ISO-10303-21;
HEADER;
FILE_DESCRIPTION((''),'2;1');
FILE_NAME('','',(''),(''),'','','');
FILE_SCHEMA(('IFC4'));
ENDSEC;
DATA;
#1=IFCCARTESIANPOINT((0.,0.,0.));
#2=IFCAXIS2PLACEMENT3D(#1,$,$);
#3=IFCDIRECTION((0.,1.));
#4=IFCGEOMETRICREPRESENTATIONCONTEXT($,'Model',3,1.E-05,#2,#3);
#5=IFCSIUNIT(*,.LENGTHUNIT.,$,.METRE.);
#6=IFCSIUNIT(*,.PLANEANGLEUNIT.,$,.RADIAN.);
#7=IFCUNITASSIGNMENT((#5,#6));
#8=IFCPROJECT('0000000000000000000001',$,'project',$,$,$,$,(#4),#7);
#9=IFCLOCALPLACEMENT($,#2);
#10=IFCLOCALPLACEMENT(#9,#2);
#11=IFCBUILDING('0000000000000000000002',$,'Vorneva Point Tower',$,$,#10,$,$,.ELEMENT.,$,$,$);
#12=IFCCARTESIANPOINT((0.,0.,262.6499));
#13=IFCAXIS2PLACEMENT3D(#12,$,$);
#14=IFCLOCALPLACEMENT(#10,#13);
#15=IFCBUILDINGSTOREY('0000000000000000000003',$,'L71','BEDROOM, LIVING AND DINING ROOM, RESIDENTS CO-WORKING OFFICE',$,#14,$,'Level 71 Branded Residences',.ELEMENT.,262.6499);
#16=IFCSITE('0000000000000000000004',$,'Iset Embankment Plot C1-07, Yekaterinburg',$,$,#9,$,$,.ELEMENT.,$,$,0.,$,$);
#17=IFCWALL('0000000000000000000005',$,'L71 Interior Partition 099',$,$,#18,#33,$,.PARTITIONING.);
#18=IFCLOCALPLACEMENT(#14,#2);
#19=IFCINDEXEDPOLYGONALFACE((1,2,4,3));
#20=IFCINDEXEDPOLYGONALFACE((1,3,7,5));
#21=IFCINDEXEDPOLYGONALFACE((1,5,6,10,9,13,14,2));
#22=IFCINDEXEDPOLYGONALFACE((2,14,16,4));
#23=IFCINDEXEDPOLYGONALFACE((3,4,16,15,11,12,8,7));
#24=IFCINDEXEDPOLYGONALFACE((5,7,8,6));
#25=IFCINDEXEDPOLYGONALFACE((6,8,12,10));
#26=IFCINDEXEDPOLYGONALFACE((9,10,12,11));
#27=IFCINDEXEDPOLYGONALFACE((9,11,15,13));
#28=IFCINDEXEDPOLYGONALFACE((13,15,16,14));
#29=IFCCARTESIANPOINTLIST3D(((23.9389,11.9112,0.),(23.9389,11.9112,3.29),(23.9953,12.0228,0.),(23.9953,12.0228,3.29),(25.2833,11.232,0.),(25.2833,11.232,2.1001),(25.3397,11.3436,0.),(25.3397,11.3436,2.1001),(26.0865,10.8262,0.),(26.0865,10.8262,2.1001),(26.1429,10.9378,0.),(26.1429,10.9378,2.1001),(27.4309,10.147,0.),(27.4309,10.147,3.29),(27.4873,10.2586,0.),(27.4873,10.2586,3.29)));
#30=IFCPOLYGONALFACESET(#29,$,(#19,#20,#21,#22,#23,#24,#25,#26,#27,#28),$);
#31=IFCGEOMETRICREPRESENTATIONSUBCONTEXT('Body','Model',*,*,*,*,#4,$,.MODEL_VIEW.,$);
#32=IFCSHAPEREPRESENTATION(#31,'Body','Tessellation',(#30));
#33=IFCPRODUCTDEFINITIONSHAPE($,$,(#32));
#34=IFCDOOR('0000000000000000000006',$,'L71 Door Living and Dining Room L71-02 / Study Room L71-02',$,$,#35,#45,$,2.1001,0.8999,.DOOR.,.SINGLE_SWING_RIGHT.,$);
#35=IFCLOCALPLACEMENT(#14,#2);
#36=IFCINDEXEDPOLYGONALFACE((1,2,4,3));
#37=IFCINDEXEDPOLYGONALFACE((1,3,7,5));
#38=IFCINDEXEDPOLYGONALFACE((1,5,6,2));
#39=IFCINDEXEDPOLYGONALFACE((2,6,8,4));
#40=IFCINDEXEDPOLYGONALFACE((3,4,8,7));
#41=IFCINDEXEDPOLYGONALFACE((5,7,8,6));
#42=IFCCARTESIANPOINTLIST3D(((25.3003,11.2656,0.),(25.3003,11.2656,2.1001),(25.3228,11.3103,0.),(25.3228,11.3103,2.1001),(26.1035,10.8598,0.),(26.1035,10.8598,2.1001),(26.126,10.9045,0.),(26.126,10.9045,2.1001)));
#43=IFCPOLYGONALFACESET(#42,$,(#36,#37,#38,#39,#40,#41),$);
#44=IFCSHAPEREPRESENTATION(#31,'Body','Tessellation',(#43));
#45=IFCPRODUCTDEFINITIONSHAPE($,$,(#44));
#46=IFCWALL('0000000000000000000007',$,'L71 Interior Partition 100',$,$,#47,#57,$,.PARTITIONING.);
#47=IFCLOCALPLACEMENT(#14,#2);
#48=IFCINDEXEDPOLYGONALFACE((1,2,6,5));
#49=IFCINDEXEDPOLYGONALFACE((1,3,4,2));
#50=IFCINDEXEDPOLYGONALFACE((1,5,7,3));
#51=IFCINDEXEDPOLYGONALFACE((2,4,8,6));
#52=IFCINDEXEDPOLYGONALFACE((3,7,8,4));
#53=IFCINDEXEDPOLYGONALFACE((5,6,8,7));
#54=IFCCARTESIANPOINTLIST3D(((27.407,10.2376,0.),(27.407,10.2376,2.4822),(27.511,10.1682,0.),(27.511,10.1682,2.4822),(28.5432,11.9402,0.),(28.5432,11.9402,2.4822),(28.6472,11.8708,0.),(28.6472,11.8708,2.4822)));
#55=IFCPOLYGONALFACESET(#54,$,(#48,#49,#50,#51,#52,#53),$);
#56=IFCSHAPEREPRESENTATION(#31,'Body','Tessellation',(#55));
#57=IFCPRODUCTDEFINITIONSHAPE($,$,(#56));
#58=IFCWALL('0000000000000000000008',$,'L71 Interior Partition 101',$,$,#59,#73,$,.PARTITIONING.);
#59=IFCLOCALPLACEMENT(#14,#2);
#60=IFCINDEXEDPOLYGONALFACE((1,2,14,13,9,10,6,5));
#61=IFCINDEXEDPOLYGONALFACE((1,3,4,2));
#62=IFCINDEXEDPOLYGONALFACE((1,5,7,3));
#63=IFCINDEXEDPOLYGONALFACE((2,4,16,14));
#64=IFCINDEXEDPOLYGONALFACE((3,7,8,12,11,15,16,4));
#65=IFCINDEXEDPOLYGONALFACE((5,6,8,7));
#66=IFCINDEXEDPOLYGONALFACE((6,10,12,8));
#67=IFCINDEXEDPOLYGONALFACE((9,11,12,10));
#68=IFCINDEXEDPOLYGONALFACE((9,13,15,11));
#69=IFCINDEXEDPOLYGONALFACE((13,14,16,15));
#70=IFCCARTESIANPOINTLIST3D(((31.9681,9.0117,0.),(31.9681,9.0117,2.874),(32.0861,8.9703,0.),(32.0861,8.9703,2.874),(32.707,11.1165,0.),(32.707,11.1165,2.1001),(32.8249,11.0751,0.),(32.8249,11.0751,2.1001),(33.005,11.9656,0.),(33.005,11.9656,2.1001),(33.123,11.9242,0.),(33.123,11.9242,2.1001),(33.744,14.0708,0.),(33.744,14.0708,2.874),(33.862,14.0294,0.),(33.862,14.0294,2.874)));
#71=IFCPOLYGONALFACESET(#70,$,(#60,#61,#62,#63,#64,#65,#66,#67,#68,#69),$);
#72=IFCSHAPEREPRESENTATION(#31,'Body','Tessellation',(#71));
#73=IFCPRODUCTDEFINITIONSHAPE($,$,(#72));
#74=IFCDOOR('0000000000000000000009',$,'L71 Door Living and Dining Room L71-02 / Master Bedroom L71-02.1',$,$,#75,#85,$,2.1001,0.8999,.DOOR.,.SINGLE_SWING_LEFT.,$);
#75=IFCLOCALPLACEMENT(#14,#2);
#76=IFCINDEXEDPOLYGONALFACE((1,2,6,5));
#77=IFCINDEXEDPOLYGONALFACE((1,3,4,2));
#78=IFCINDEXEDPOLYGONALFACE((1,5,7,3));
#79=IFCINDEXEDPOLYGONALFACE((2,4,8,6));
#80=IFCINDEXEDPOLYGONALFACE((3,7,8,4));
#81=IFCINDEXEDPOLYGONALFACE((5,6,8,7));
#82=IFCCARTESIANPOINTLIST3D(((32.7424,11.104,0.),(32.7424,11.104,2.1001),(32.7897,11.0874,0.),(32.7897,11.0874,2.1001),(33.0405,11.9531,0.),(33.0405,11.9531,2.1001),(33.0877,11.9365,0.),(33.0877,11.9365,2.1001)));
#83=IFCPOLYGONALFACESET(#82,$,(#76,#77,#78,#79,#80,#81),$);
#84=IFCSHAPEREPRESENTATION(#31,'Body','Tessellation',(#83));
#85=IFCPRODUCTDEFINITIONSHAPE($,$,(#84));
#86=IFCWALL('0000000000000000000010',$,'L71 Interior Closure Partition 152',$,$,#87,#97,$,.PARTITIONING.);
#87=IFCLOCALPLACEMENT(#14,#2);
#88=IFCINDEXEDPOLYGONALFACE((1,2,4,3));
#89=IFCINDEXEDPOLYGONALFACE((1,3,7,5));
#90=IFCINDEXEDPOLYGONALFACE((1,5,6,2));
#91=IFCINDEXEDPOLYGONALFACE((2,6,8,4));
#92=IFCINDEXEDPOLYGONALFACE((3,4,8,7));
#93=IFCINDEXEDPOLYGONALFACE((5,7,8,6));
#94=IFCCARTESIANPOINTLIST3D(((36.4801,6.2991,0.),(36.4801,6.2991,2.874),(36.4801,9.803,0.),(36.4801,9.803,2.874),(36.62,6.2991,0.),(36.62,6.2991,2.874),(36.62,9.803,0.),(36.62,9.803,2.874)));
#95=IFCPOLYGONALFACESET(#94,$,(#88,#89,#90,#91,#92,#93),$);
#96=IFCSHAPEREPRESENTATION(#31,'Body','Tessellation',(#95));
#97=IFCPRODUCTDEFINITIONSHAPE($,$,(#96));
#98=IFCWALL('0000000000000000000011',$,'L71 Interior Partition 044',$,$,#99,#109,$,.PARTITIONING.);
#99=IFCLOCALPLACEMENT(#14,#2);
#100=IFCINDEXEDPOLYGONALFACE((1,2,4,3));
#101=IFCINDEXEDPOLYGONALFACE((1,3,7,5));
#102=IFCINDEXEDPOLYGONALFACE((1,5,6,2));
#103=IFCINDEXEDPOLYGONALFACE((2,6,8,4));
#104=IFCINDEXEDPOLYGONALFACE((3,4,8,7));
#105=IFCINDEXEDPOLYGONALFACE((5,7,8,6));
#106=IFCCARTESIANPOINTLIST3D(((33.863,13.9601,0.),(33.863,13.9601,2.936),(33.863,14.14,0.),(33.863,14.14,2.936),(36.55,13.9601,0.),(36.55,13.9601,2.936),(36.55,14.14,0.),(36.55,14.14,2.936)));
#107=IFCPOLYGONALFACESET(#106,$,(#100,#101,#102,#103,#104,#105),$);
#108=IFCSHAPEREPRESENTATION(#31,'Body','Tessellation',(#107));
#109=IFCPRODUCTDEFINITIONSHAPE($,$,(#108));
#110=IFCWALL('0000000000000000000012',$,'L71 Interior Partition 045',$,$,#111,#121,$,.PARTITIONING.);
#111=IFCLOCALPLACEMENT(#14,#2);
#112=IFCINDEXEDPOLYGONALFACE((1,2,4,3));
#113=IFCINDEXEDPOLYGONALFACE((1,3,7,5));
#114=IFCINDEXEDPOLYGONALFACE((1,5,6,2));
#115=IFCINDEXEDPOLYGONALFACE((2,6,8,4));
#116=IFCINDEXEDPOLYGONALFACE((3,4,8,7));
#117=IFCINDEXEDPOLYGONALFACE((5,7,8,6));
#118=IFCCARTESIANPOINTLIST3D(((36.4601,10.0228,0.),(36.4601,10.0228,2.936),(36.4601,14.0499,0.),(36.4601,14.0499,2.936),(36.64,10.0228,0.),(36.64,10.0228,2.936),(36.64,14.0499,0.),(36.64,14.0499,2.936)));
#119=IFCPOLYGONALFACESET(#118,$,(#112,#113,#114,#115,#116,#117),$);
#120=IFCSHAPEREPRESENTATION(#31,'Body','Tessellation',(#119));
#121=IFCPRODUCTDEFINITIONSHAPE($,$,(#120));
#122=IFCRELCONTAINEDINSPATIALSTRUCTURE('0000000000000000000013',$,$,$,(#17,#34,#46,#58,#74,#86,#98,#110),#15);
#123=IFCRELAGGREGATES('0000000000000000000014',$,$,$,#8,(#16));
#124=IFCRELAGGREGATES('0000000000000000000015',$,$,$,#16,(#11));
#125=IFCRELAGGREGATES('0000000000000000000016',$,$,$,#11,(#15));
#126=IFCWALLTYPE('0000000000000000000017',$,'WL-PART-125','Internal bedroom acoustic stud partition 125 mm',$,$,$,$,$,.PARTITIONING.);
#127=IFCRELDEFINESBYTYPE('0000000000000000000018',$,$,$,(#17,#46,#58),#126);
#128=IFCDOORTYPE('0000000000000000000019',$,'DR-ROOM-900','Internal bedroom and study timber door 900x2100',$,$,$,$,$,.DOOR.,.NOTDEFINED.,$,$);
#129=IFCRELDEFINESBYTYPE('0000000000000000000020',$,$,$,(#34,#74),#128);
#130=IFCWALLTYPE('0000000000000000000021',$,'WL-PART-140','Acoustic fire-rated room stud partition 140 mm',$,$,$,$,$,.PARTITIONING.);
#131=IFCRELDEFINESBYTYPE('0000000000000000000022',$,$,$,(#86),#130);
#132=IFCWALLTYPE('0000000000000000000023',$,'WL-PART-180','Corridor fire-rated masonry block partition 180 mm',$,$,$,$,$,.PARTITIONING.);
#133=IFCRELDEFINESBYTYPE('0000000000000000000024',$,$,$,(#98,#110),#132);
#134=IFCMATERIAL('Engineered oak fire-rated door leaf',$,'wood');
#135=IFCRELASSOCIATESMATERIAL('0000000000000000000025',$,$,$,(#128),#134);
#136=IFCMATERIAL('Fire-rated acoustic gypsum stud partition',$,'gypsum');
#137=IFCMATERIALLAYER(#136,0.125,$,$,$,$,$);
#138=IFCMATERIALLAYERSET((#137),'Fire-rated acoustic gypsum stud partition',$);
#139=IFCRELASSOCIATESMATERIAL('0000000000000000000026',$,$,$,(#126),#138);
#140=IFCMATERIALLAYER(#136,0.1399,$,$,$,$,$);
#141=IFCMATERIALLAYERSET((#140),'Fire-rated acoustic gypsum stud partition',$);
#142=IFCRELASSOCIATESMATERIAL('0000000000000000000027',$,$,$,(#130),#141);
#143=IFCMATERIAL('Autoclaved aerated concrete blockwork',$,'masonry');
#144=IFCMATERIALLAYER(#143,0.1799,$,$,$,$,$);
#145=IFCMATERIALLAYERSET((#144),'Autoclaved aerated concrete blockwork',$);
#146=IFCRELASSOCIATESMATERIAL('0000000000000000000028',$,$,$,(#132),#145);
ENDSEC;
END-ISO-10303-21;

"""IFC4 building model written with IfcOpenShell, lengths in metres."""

from ifc_helpers import new_model, si_unit, direction, frame, frame_2d, origin, place, context, subcontext, project, spatial, rectangle, extrude, material, layer, layer_set, type_object, element, fill, save


model = new_model("IFC4")

# Units and contexts
model_context = context("Model", 3, precision=1e-05, world=origin(), true_north=direction((0.0, 1.0)))
body_context = subcontext(model_context, "Body", "Model", "MODEL_VIEW")
ifc_project = project(units=[si_unit("LENGTHUNIT", "METRE"), si_unit("PLANEANGLEUNIT", "RADIAN")], contexts=[model_context])

# Site, building, storey
site_placement = place(None, origin())
site = spatial("IfcSite", under=ifc_project, at=site_placement, Name="Iset Embankment Plot C1-07, Yekaterinburg", CompositionType="ELEMENT", RefElevation=0.0)
building_placement = place(site_placement, origin())
building = spatial("IfcBuilding", under=site, at=building_placement, Name="Vorneva Point Tower", CompositionType="ELEMENT")
storey_placement = place(building_placement, frame((0.0, 0.0, 262.6499)))
storey = spatial("IfcBuildingStorey", under=building, at=storey_placement, Name="L71", Description="BEDROOM, LIVING AND DINING ROOM, RESIDENTS CO-WORKING OFFICE", LongName="Level 71 Branded Residences", CompositionType="ELEMENT", Elevation=262.6499)

# Shared definitions
ifc_material_1 = material(Name="Fire-rated acoustic gypsum stud partition", Category="gypsum")
ifc_material_2 = material(Name="Engineered oak fire-rated door leaf", Category="wood")

# Shared definitions
door_type_1 = type_object("IfcDoorType", Name="DR-ROOM-900", Description="Internal bedroom and study timber door 900x2100", OperationType="NOTDEFINED", PredefinedType="DOOR", material=ifc_material_2)

# Wall, opening, door
ifc_layer_1 = layer(ifc_material_1, 0.125)
ifc_layer_set_1 = layer_set([ifc_layer_1], Name="Fire-rated acoustic gypsum stud partition")
wall_type_1 = type_object("IfcWallType", Name="WL-PART-125", Description="Internal bedroom acoustic stud partition 125 mm", PredefinedType="PARTITIONING", material=ifc_layer_set_1)
wall_1_placement = place(storey_placement, frame((27.459, 10.2029, 0.0), z_axis=(0.0, 0.0, 1.0), x_axis=(-0.89256, 0.450929, 0.0)))
wall_1 = element("IfcWall", 1, at=wall_1_placement, inside=storey, type_object=wall_type_1, Name="L71 Interior Partition 099", PredefinedType="PARTITIONING", context=body_context, shape_type="SweptSolid", body=[
    extrude(rectangle(XDim=3.9124, YDim=0.125, at=frame_2d((1.9561, 0.0))), origin(), (0.0, 0.0, 1.0), 3.29),
])
opening_1_placement = place(wall_1_placement, frame((1.5061, 0.0, 0.0)))
opening_1 = element("IfcOpeningElement", 2, at=opening_1_placement, cuts=wall_1, PredefinedType="OPENING", context=body_context, shape_type="SweptSolid", body=[
    extrude(rectangle(XDim=0.8999, YDim=2.1001, at=frame_2d((0.45, 1.05))), frame((0.0, 0.0774, 0.0), z_axis=(0.0, -1.0, 0.0), x_axis=(1.0, 0.0, 0.0)), (0.0, 0.0, 1.0), 0.1548),
])
door_1_placement = place(opening_1_placement, origin())
door_1 = element("IfcDoor", 3, at=door_1_placement, inside=storey, type_object=door_type_1, Name="L71 Door Living and Dining Room L71-02 / Study Room L71-02", OperationType="SINGLE_SWING_RIGHT", OverallHeight=2.1001, OverallWidth=0.8999, PredefinedType="DOOR", context=body_context, shape_type="SweptSolid", body=[
    extrude(rectangle(XDim=0.8999, YDim=2.1001, at=frame_2d((0.45, 1.05))), frame((0.0, 0.0249, 0.0), z_axis=(0.0, -1.0, 0.0), x_axis=(1.0, 0.0, 0.0)), (0.0, 0.0, 1.0), 0.05),
])
fill(opening_1, door_1)

# Wall
wall_2_placement = place(storey_placement, frame((28.5952, 11.9055, 0.0), z_axis=(0.0, 0.0, 1.0), x_axis=(-0.555085, -0.831793, 0.0)))
element("IfcWall", 4, at=wall_2_placement, inside=storey, type_object=wall_type_1, Name="L71 Interior Partition 100", PredefinedType="PARTITIONING", context=body_context, shape_type="SweptSolid", body=[
    extrude(rectangle(XDim=2.0469, YDim=0.125, at=frame_2d((1.0234, 0.0))), origin(), (0.0, 0.0, 1.0), 2.4822),
])

# Wall, opening, door
wall_3_placement = place(storey_placement, frame((32.0271, 8.991, 0.0), z_axis=(0.0, 0.0, 1.0), x_axis=(0.331214, 0.943556, 0.0)))
wall_3 = element("IfcWall", 5, at=wall_3_placement, inside=storey, type_object=wall_type_1, Name="L71 Interior Partition 101", PredefinedType="PARTITIONING", context=body_context, shape_type="SweptSolid", body=[
    extrude(rectangle(XDim=5.3618, YDim=0.125, at=frame_2d((2.6809, 0.0))), origin(), (0.0, 0.0, 1.0), 2.874),
])
opening_2_placement = place(wall_3_placement, frame((2.2307, 0.0, 0.0)))
opening_2 = element("IfcOpeningElement", 6, at=opening_2_placement, cuts=wall_3, PredefinedType="OPENING", context=body_context, shape_type="SweptSolid", body=[
    extrude(rectangle(XDim=0.8999, YDim=2.1001, at=frame_2d((0.45, 1.05))), frame((0.0, 0.0774, 0.0), z_axis=(0.0, -1.0, 0.0), x_axis=(1.0, 0.0, 0.0)), (0.0, 0.0, 1.0), 0.1548),
])
door_2_placement = place(opening_2_placement, origin())
door_2 = element("IfcDoor", 7, at=door_2_placement, inside=storey, type_object=door_type_1, Name="L71 Door Living and Dining Room L71-02 / Master Bedroom L71-02.1", OperationType="SINGLE_SWING_LEFT", OverallHeight=2.1001, OverallWidth=0.8999, PredefinedType="DOOR", context=body_context, shape_type="SweptSolid", body=[
    extrude(rectangle(XDim=0.8999, YDim=2.1001, at=frame_2d((0.45, 1.05))), frame((0.0, 0.0249, 0.0), z_axis=(0.0, -1.0, 0.0), x_axis=(1.0, 0.0, 0.0)), (0.0, 0.0, 1.0), 0.05),
])
fill(opening_2, door_2)

# Wall
ifc_layer_2 = layer(ifc_material_1, 0.1399)
ifc_layer_set_2 = layer_set([ifc_layer_2], Name="Fire-rated acoustic gypsum stud partition")
wall_type_2 = type_object("IfcWallType", Name="WL-PART-140", Description="Acoustic fire-rated room stud partition 140 mm", PredefinedType="PARTITIONING", material=ifc_layer_set_2)
wall_4_placement = place(storey_placement, frame((36.55, 9.803, 0.0), z_axis=(0.0, 0.0, 1.0), x_axis=(0.0, -1.0, 0.0)))
element("IfcWall", 8, at=wall_4_placement, inside=storey, type_object=wall_type_2, Name="L71 Interior Closure Partition 152", PredefinedType="PARTITIONING", context=body_context, shape_type="SweptSolid", body=[
    extrude(rectangle(XDim=3.5039, YDim=0.1399, at=frame_2d((1.752, 0.0))), origin(), (0.0, 0.0, 1.0), 2.874),
])

# Shared definitions
ifc_material_3 = material(Name="Autoclaved aerated concrete blockwork", Category="masonry")
ifc_layer_3 = layer(ifc_material_3, 0.1799)
ifc_layer_set_3 = layer_set([ifc_layer_3], Name="Autoclaved aerated concrete blockwork")
wall_type_3 = type_object("IfcWallType", Name="WL-PART-180", Description="Corridor fire-rated masonry block partition 180 mm", PredefinedType="PARTITIONING", material=ifc_layer_set_3)

# Walls
wall_5_placement = place(storey_placement, frame((33.863, 14.05, 0.0), z_axis=(0.0, 0.0, 1.0), x_axis=(1.0, 0.0, 0.0)))
element("IfcWall", 9, at=wall_5_placement, inside=storey, type_object=wall_type_3, Name="L71 Interior Partition 044", PredefinedType="PARTITIONING", context=body_context, shape_type="SweptSolid", body=[
    extrude(rectangle(XDim=2.687, YDim=0.1799, at=frame_2d((1.3435, 0.0))), origin(), (0.0, 0.0, 1.0), 2.936),
])
wall_6_placement = place(storey_placement, frame((36.55, 14.05, 0.0), z_axis=(0.0, 0.0, 1.0), x_axis=(0.0, -1.0, 0.0)))
element("IfcWall", 10, at=wall_6_placement, inside=storey, type_object=wall_type_3, Name="L71 Interior Partition 045", PredefinedType="PARTITIONING", context=body_context, shape_type="SweptSolid", body=[
    extrude(rectangle(XDim=4.0271, YDim=0.1799, at=frame_2d((2.0137, 0.0))), origin(), (0.0, 0.0, 1.0), 2.936),
])

save(model, "model.ifc")
